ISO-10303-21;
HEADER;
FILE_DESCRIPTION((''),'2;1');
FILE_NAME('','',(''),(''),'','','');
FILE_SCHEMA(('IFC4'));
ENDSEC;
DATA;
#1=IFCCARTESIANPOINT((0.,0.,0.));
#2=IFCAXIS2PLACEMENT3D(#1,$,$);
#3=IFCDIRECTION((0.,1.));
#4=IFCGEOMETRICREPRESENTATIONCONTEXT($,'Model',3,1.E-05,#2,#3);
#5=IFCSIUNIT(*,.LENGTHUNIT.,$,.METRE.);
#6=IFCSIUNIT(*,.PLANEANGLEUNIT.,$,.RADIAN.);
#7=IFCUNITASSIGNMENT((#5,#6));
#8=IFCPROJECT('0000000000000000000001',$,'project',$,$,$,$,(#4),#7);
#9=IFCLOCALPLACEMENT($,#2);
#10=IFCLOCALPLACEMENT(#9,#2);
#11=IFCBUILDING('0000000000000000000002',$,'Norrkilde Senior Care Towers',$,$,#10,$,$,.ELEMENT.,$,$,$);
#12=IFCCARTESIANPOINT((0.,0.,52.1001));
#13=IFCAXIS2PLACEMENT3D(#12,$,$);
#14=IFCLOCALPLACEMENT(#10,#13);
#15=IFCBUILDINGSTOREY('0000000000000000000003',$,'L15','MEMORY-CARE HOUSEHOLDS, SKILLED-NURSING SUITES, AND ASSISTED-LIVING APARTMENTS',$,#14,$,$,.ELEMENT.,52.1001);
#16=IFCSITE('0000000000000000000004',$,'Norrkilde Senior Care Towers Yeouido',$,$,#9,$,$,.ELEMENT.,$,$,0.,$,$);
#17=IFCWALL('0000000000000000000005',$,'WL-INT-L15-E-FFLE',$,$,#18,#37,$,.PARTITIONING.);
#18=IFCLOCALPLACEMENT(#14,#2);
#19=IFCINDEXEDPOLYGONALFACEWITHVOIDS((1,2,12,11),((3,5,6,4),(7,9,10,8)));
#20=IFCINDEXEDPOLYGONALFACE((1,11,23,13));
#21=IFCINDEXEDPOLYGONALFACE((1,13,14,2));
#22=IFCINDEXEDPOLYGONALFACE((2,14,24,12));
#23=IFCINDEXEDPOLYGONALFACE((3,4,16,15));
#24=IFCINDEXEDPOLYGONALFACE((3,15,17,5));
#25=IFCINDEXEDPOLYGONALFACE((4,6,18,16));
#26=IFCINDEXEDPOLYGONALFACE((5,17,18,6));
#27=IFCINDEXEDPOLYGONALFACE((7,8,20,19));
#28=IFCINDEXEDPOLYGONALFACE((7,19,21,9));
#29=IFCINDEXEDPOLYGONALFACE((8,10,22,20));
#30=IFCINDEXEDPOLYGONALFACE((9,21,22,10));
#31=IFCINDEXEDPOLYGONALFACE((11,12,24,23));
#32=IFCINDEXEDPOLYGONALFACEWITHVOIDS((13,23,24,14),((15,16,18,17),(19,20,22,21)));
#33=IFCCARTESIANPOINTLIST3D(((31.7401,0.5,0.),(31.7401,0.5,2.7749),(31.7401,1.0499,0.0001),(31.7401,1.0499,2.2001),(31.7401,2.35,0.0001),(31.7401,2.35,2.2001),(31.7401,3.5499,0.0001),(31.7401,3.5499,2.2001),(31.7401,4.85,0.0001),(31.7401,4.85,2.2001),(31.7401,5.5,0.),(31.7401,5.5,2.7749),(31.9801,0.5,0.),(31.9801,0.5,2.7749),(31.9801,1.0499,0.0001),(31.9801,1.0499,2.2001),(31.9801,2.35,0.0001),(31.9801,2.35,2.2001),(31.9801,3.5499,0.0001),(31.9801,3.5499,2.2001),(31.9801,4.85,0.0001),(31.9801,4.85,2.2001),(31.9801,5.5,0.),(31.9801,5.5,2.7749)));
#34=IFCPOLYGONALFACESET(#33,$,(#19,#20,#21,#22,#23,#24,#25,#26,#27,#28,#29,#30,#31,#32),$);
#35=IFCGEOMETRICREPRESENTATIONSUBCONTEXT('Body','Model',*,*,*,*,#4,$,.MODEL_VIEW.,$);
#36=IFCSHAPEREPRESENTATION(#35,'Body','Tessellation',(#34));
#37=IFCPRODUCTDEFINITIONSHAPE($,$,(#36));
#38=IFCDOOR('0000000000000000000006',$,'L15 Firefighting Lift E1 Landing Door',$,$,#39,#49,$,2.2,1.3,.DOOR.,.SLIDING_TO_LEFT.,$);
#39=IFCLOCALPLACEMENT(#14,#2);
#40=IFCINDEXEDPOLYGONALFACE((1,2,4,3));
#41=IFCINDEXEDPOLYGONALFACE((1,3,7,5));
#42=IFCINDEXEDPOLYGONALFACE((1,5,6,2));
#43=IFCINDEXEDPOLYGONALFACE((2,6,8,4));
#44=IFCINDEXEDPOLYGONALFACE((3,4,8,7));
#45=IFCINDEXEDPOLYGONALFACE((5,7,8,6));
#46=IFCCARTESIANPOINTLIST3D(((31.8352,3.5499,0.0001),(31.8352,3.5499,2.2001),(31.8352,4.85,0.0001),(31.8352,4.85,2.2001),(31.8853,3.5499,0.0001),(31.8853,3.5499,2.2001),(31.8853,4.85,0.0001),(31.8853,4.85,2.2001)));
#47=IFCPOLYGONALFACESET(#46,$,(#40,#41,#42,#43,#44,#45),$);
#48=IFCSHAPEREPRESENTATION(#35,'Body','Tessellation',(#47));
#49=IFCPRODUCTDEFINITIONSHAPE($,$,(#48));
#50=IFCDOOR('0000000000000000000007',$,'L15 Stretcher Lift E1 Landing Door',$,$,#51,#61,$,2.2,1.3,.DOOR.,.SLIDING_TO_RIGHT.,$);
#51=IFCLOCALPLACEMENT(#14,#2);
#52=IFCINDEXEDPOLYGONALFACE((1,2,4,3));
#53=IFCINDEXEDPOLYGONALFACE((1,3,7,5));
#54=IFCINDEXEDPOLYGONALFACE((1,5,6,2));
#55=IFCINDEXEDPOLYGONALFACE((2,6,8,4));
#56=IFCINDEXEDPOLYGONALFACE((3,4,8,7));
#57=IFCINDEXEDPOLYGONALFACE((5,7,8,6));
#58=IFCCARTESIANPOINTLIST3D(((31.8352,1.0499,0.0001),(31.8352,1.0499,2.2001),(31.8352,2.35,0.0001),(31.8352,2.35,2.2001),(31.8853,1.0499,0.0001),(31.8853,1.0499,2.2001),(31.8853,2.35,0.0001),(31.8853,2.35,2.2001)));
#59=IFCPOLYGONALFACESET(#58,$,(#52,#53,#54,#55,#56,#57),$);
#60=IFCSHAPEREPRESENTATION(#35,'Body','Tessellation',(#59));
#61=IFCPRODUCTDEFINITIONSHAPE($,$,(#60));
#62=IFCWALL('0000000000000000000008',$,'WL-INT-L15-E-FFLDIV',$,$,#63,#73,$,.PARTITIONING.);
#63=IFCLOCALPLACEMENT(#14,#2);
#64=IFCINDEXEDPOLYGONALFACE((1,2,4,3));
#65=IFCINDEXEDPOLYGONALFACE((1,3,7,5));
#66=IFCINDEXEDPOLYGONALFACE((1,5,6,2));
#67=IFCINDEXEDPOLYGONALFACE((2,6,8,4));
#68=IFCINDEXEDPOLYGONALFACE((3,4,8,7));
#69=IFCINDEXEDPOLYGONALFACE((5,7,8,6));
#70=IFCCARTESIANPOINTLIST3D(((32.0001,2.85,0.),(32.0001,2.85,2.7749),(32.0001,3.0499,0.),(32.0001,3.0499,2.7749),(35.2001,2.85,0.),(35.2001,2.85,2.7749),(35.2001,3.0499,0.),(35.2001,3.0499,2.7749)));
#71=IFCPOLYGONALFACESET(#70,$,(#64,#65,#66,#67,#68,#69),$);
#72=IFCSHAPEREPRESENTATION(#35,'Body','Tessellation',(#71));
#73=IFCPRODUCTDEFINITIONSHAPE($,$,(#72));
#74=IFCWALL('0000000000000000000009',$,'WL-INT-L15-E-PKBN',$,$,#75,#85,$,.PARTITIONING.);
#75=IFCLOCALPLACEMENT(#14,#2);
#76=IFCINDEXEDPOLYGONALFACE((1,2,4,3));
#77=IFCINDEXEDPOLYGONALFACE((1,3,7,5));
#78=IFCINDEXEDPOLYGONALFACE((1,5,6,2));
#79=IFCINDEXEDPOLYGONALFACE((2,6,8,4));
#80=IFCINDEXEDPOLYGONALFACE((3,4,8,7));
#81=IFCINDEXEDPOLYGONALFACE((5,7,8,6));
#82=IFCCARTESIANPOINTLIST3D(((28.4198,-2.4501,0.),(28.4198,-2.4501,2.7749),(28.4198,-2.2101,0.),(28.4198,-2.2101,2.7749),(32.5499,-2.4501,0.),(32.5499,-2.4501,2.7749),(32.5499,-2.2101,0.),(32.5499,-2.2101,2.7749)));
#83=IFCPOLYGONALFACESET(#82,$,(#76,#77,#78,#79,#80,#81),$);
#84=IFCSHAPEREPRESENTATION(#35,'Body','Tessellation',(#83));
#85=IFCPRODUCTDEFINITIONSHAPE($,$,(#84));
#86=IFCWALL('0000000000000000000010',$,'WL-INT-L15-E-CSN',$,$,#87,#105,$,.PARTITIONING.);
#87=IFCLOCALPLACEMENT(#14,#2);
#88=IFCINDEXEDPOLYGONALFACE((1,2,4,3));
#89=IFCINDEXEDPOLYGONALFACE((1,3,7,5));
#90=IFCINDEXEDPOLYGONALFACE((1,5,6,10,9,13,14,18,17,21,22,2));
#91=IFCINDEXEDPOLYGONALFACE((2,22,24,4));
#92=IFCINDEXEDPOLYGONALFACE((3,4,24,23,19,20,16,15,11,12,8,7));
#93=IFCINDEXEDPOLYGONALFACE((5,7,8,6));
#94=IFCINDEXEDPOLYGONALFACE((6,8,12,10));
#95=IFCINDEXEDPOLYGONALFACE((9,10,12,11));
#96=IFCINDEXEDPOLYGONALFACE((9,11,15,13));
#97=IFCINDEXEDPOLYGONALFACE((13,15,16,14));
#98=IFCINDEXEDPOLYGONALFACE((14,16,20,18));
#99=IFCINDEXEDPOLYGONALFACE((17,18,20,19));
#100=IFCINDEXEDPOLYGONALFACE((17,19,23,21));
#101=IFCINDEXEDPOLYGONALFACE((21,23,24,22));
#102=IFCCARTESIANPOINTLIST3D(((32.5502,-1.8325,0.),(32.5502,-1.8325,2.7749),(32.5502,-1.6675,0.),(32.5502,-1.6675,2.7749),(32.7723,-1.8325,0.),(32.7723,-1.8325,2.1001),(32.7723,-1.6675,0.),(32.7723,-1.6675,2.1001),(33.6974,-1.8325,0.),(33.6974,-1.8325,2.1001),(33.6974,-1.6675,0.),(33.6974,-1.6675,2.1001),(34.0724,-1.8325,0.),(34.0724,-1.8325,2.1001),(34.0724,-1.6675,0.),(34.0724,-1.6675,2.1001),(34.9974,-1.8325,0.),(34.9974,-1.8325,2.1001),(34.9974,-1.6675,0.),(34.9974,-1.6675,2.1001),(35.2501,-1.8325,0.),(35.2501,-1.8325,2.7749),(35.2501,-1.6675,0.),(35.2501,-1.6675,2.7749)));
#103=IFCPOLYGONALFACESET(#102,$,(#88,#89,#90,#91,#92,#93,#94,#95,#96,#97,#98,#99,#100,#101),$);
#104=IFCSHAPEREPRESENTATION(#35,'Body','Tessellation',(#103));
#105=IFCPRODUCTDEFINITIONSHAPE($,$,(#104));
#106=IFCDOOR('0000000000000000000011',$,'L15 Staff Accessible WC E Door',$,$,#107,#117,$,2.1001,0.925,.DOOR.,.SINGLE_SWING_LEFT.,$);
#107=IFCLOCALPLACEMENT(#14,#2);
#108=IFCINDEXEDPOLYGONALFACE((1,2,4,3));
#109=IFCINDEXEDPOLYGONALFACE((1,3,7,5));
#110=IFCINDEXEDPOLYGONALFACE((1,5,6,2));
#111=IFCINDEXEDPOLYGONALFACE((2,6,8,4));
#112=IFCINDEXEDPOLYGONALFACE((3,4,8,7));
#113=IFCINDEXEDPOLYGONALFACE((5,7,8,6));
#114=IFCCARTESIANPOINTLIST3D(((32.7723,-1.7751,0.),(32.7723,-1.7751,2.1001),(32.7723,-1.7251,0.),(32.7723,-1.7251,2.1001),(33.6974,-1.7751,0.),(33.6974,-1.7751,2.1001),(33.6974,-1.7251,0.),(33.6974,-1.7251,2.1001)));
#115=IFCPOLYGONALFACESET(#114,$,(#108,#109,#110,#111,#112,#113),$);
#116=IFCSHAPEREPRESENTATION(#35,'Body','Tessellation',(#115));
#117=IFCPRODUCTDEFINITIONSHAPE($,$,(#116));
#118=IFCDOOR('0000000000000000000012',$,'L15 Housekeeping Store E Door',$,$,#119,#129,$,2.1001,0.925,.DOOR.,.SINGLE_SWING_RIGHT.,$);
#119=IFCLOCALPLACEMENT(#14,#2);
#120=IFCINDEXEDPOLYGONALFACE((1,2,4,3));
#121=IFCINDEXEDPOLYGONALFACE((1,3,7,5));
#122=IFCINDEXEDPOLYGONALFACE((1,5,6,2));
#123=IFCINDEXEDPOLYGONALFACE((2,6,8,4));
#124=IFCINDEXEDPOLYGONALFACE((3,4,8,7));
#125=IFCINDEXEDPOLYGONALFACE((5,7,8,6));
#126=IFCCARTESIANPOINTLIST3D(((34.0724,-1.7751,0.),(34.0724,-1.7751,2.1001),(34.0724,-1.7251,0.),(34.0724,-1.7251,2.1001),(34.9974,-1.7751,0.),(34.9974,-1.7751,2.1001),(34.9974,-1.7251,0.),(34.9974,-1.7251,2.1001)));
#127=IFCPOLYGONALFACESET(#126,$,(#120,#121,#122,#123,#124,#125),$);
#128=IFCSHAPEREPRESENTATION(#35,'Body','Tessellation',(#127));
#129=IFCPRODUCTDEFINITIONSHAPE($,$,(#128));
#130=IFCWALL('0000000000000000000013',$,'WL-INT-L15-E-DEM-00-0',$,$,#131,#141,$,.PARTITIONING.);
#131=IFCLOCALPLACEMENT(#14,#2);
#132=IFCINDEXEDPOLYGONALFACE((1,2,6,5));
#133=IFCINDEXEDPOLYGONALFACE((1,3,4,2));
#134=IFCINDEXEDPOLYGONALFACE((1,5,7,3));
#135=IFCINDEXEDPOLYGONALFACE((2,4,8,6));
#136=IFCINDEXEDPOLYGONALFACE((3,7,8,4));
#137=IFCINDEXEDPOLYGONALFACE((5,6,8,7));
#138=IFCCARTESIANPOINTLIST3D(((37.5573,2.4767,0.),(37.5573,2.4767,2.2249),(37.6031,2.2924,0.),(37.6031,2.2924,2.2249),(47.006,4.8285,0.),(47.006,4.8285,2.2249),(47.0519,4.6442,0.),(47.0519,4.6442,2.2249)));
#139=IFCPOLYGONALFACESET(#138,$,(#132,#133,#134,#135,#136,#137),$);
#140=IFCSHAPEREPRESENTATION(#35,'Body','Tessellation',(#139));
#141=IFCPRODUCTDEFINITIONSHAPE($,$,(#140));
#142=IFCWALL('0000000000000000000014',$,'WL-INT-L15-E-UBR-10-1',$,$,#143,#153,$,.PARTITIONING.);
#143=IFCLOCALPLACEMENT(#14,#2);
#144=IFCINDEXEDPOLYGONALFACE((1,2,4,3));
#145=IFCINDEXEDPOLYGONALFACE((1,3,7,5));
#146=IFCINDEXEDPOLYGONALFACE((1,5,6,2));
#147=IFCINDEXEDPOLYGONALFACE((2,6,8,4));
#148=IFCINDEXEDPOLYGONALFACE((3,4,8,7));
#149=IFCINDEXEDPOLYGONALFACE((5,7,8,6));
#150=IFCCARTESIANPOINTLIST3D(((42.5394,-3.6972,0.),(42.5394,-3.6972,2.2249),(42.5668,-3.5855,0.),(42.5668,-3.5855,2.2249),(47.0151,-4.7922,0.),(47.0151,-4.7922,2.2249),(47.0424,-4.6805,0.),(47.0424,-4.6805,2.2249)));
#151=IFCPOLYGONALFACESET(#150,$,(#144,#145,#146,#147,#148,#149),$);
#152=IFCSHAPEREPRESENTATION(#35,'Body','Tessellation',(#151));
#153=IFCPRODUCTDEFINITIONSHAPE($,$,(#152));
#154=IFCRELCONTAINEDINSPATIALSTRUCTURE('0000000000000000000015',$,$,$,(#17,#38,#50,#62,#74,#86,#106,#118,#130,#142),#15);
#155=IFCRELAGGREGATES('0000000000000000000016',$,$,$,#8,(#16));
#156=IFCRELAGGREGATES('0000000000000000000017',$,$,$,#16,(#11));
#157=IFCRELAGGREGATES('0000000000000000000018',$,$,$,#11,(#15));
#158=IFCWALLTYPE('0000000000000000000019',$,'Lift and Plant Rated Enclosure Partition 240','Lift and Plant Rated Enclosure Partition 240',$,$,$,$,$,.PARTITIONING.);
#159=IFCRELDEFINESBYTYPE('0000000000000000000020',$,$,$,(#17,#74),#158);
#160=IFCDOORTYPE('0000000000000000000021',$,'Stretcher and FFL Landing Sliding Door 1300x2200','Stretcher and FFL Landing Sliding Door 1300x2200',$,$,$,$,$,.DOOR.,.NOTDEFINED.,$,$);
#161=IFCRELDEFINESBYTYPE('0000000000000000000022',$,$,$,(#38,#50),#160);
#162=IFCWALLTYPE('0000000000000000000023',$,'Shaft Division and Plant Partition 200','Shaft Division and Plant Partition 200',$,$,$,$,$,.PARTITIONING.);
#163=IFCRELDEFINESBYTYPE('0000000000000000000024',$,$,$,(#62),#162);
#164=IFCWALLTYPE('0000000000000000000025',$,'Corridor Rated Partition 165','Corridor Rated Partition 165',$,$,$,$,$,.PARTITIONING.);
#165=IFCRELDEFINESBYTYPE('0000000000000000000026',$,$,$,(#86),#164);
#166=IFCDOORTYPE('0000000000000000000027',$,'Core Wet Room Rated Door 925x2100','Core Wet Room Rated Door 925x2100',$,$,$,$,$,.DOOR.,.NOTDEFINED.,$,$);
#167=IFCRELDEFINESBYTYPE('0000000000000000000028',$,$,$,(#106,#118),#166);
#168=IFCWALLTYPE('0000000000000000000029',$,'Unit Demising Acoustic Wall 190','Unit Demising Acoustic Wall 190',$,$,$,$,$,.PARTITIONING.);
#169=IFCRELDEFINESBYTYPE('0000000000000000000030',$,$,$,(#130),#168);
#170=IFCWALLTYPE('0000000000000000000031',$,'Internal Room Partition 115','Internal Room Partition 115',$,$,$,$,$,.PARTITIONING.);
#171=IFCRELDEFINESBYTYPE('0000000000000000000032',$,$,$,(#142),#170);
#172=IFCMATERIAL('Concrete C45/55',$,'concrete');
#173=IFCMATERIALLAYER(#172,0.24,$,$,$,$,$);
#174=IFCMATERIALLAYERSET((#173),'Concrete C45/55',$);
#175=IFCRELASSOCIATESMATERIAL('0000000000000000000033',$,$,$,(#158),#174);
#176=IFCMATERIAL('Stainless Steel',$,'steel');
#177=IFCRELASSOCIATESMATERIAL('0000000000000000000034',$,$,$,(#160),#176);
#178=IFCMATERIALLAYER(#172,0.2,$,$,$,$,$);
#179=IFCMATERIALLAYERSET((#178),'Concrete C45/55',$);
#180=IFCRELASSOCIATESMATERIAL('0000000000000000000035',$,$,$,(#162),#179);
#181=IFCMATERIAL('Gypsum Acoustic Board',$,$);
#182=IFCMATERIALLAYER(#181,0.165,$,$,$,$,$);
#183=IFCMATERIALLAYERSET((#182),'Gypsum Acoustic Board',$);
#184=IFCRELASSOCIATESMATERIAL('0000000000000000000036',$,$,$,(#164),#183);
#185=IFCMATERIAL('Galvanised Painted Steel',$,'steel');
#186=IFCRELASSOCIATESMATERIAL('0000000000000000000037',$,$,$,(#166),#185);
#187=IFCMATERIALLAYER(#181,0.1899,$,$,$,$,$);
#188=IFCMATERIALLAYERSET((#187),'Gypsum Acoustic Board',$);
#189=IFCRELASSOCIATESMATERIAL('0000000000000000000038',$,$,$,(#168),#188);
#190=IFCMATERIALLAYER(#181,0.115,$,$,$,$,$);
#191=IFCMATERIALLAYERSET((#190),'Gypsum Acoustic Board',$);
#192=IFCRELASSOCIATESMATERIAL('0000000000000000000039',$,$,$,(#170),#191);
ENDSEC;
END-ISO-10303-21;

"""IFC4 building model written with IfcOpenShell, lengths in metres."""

from ifc_helpers import new_model, si_unit, direction, frame, frame_2d, origin, place, context, subcontext, project, spatial, rectangle, extrude, source, transform, mapped, material, layer, layer_set, type_object, type_shapes, element, fill, save


model = new_model("IFC4")

# Units and contexts
model_context = context("Model", 3, precision=1e-05, world=origin(), true_north=direction((0.0, 1.0)))
body_context = subcontext(model_context, "Body", "Model", "MODEL_VIEW")
ifc_project = project(units=[si_unit("LENGTHUNIT", "METRE"), si_unit("PLANEANGLEUNIT", "RADIAN")], contexts=[model_context])

# Site, building, storey
site_placement = place(None, origin())
site = spatial("IfcSite", under=ifc_project, at=site_placement, Name="Norrkilde Senior Care Towers Yeouido", CompositionType="ELEMENT", RefElevation=0.0)
building_placement = place(site_placement, origin())
building = spatial("IfcBuilding", under=site, at=building_placement, Name="Norrkilde Senior Care Towers", CompositionType="ELEMENT")
storey_placement = place(building_placement, frame((0.0, 0.0, 52.1001)))
storey = spatial("IfcBuildingStorey", under=building, at=storey_placement, Name="L15", Description="MEMORY-CARE HOUSEHOLDS, SKILLED-NURSING SUITES, AND ASSISTED-LIVING APARTMENTS", CompositionType="ELEMENT", Elevation=52.1001)

# Shared definitions
ifc_material_1 = material(Name="Galvanised Painted Steel", Category="steel")
ifc_material_2 = material(Name="Concrete C45/55", Category="concrete")

# Wall, openings, doors
ifc_layer_1 = layer(ifc_material_2, 0.24)
ifc_layer_set_1 = layer_set([ifc_layer_1], Name="Concrete C45/55")
wall_type_1 = type_object("IfcWallType", Name="Lift and Plant Rated Enclosure Partition 240", Description="Lift and Plant Rated Enclosure Partition 240", PredefinedType="PARTITIONING", material=ifc_layer_set_1)
shared_shape_1 = source(origin(), body_context, "Body", "SweptSolid", [
    extrude(rectangle(XDim=5.0, YDim=0.24, at=frame_2d((2.5, 0.0))), origin(), (0.0, 0.0, 1.0), 2.7749),
])
wall_1_placement = place(storey_placement, frame((31.8601, 0.5, 0.0), z_axis=(0.0, 0.0, 1.0), x_axis=(0.0, 1.0, 0.0)))
wall_1 = element("IfcWall", 1, at=wall_1_placement, inside=storey, type_object=wall_type_1, Name="WL-INT-L15-E-FFLE", PredefinedType="PARTITIONING", context=body_context, shape_type="MappedRepresentation", body=[
    mapped(shared_shape_1, transform((0.0, 0.0, 0.0), x_axis=(1.0, 0.0, 0.0), y_axis=(0.0, 1.0, 0.0), z_axis=(0.0, 0.0, 1.0), scale=1.0)),
])
opening_1_placement = place(wall_1_placement, frame((3.05, 0.0, 0.0)))
opening_1 = element("IfcOpeningElement", 2, at=opening_1_placement, cuts=wall_1, PredefinedType="OPENING", context=body_context, shape_type="SweptSolid", body=[
    extrude(rectangle(XDim=1.3, YDim=2.2, at=frame_2d((0.6499, 1.1001))), frame((0.0, 0.1299, 0.0), z_axis=(0.0, -1.0, 0.0), x_axis=(1.0, 0.0, 0.0)), (0.0, 0.0, 1.0), 0.26),
])
opening_2_placement = place(wall_1_placement, frame((0.55, 0.0, 0.0)))
opening_2 = element("IfcOpeningElement", 3, at=opening_2_placement, cuts=wall_1, PredefinedType="OPENING", context=body_context, shape_type="SweptSolid", body=[
    extrude(rectangle(XDim=1.3, YDim=2.2, at=frame_2d((0.6499, 1.1001))), frame((0.0, 0.1299, 0.0), z_axis=(0.0, -1.0, 0.0), x_axis=(1.0, 0.0, 0.0)), (0.0, 0.0, 1.0), 0.26),
])
ifc_material_3 = material(Name="Stainless Steel", Category="steel")
door_type_1 = type_object("IfcDoorType", Name="Stretcher and FFL Landing Sliding Door 1300x2200", Description="Stretcher and FFL Landing Sliding Door 1300x2200", OperationType="NOTDEFINED", PredefinedType="DOOR", material=ifc_material_3)
shared_shape_2 = source(origin(), body_context, "Body", "SweptSolid", [
    extrude(rectangle(XDim=1.3, YDim=2.2, at=frame_2d((0.6499, 1.1001))), frame((0.0, 0.0249, 0.0), z_axis=(0.0, -1.0, 0.0), x_axis=(1.0, 0.0, 0.0)), (0.0, 0.0, 1.0), 0.05),
])
type_shapes(door_type_1, [shared_shape_2])
door_1_placement = place(opening_1_placement, origin())
door_1 = element("IfcDoor", 4, at=door_1_placement, inside=storey, type_object=door_type_1, Name="L15 Firefighting Lift E1 Landing Door", OperationType="SLIDING_TO_LEFT", OverallHeight=2.2, OverallWidth=1.3, PredefinedType="DOOR", context=body_context, shape_type="MappedRepresentation", body=[
    mapped(shared_shape_2, transform((0.0, 0.0, 0.0), x_axis=(1.0, 0.0, 0.0), y_axis=(0.0, 1.0, 0.0), z_axis=(0.0, 0.0, 1.0), scale=1.0)),
])
fill(opening_1, door_1)
door_2_placement = place(opening_2_placement, origin())
door_2 = element("IfcDoor", 5, at=door_2_placement, inside=storey, type_object=door_type_1, Name="L15 Stretcher Lift E1 Landing Door", OperationType="SLIDING_TO_RIGHT", OverallHeight=2.2, OverallWidth=1.3, PredefinedType="DOOR", context=body_context, shape_type="MappedRepresentation", body=[
    mapped(shared_shape_2, transform((0.0, 0.0, 0.0), x_axis=(1.0, 0.0, 0.0), y_axis=(0.0, 1.0, 0.0), z_axis=(0.0, 0.0, 1.0), scale=1.0)),
])
fill(opening_2, door_2)

# Wall
ifc_layer_2 = layer(ifc_material_2, 0.2)
ifc_layer_set_2 = layer_set([ifc_layer_2], Name="Concrete C45/55")
wall_type_2 = type_object("IfcWallType", Name="Shaft Division and Plant Partition 200", Description="Shaft Division and Plant Partition 200", PredefinedType="PARTITIONING", material=ifc_layer_set_2)
shared_shape_3 = source(origin(), body_context, "Body", "SweptSolid", [
    extrude(rectangle(XDim=3.2, YDim=0.2, at=frame_2d((1.6001, 0.0))), origin(), (0.0, 0.0, 1.0), 2.7749),
])
type_shapes(wall_type_2, [shared_shape_3])
wall_2_placement = place(storey_placement, frame((32.0, 2.95, 0.0), z_axis=(0.0, 0.0, 1.0), x_axis=(1.0, 0.0, 0.0)))
element("IfcWall", 6, at=wall_2_placement, inside=storey, type_object=wall_type_2, Name="WL-INT-L15-E-FFLDIV", PredefinedType="PARTITIONING", context=body_context, shape_type="MappedRepresentation", body=[
    mapped(shared_shape_3, transform((0.0, 0.0, 0.0), x_axis=(1.0, 0.0, 0.0), y_axis=(0.0, 1.0, 0.0), z_axis=(0.0, 0.0, 1.0), scale=1.0)),
])

# Wall
shared_shape_4 = source(origin(), body_context, "Body", "SweptSolid", [
    extrude(rectangle(XDim=4.1301, YDim=0.24, at=frame_2d((2.0649, 0.0))), origin(), (0.0, 0.0, 1.0), 2.7749),
])
type_shapes(wall_type_1, [shared_shape_1, shared_shape_4])
wall_3_placement = place(storey_placement, frame((28.4199, -2.3301, 0.0), z_axis=(0.0, 0.0, 1.0), x_axis=(1.0, 0.0, 0.0)))
element("IfcWall", 7, at=wall_3_placement, inside=storey, type_object=wall_type_1, Name="WL-INT-L15-E-PKBN", PredefinedType="PARTITIONING", context=body_context, shape_type="MappedRepresentation", body=[
    mapped(shared_shape_4, transform((0.0, 0.0, 0.0), x_axis=(1.0, 0.0, 0.0), y_axis=(0.0, 1.0, 0.0), z_axis=(0.0, 0.0, 1.0), scale=1.0)),
])

# Wall, openings, doors
ifc_material_4 = material(Name="Gypsum Acoustic Board")
ifc_layer_3 = layer(ifc_material_4, 0.165)
ifc_layer_set_3 = layer_set([ifc_layer_3], Name="Gypsum Acoustic Board")
wall_type_3 = type_object("IfcWallType", Name="Corridor Rated Partition 165", Description="Corridor Rated Partition 165", PredefinedType="PARTITIONING", material=ifc_layer_set_3)
shared_shape_5 = source(origin(), body_context, "Body", "SweptSolid", [
    extrude(rectangle(XDim=2.7, YDim=0.165, at=frame_2d((1.3501, 0.0))), origin(), (0.0, 0.0, 1.0), 2.7749),
])
type_shapes(wall_type_3, [shared_shape_5])
wall_4_placement = place(storey_placement, frame((32.55, -1.75, 0.0), z_axis=(0.0, 0.0, 1.0), x_axis=(1.0, 0.0, 0.0)))
wall_4 = element("IfcWall", 8, at=wall_4_placement, inside=storey, type_object=wall_type_3, Name="WL-INT-L15-E-CSN", PredefinedType="PARTITIONING", context=body_context, shape_type="MappedRepresentation", body=[
    mapped(shared_shape_5, transform((0.0, 0.0, 0.0), x_axis=(1.0, 0.0, 0.0), y_axis=(0.0, 1.0, 0.0), z_axis=(0.0, 0.0, 1.0), scale=1.0)),
])
opening_3_placement = place(wall_4_placement, frame((0.2224, 0.0, 0.0)))
opening_3 = element("IfcOpeningElement", 9, at=opening_3_placement, cuts=wall_4, PredefinedType="OPENING", context=body_context, shape_type="SweptSolid", body=[
    extrude(rectangle(XDim=0.925, YDim=2.1001, at=frame_2d((0.4624, 1.05))), frame((0.0, 0.0925, 0.0), z_axis=(0.0, -1.0, 0.0), x_axis=(1.0, 0.0, 0.0)), (0.0, 0.0, 1.0), 0.1851),
])
opening_4_placement = place(wall_4_placement, frame((1.5225, 0.0, 0.0)))
opening_4 = element("IfcOpeningElement", 10, at=opening_4_placement, cuts=wall_4, PredefinedType="OPENING", context=body_context, shape_type="SweptSolid", body=[
    extrude(rectangle(XDim=0.925, YDim=2.1001, at=frame_2d((0.4624, 1.05))), frame((0.0, 0.0925, 0.0), z_axis=(0.0, -1.0, 0.0), x_axis=(1.0, 0.0, 0.0)), (0.0, 0.0, 1.0), 0.1851),
])
door_type_2 = type_object("IfcDoorType", Name="Core Wet Room Rated Door 925x2100", Description="Core Wet Room Rated Door 925x2100", OperationType="NOTDEFINED", PredefinedType="DOOR", material=ifc_material_1)
shared_shape_6 = source(origin(), body_context, "Body", "SweptSolid", [
    extrude(rectangle(XDim=0.925, YDim=2.1001, at=frame_2d((0.4624, 1.05))), frame((0.0, 0.0249, 0.0), z_axis=(0.0, -1.0, 0.0), x_axis=(1.0, 0.0, 0.0)), (0.0, 0.0, 1.0), 0.05),
])
type_shapes(door_type_2, [shared_shape_6])
door_3_placement = place(opening_3_placement, origin())
door_3 = element("IfcDoor", 11, at=door_3_placement, inside=storey, type_object=door_type_2, Name="L15 Staff Accessible WC E Door", OperationType="SINGLE_SWING_LEFT", OverallHeight=2.1001, OverallWidth=0.925, PredefinedType="DOOR", context=body_context, shape_type="MappedRepresentation", body=[
    mapped(shared_shape_6, transform((0.0, 0.0, 0.0), x_axis=(1.0, 0.0, 0.0), y_axis=(0.0, 1.0, 0.0), z_axis=(0.0, 0.0, 1.0), scale=1.0)),
])
fill(opening_3, door_3)
door_4_placement = place(opening_4_placement, origin())
door_4 = element("IfcDoor", 12, at=door_4_placement, inside=storey, type_object=door_type_2, Name="L15 Housekeeping Store E Door", OperationType="SINGLE_SWING_RIGHT", OverallHeight=2.1001, OverallWidth=0.925, PredefinedType="DOOR", context=body_context, shape_type="MappedRepresentation", body=[
    mapped(shared_shape_6, transform((0.0, 0.0, 0.0), x_axis=(1.0, 0.0, 0.0), y_axis=(0.0, 1.0, 0.0), z_axis=(0.0, 0.0, 1.0), scale=1.0)),
])
fill(opening_4, door_4)

# Walls
ifc_layer_4 = layer(ifc_material_4, 0.1899)
ifc_layer_set_4 = layer_set([ifc_layer_4], Name="Gypsum Acoustic Board")
wall_type_4 = type_object("IfcWallType", Name="Unit Demising Acoustic Wall 190", Description="Unit Demising Acoustic Wall 190", PredefinedType="PARTITIONING", material=ifc_layer_set_4)
shared_shape_7 = source(origin(), body_context, "Body", "SweptSolid", [
    extrude(rectangle(XDim=9.7371, YDim=0.1899, at=frame_2d((4.8687, 0.0))), origin(), (0.0, 0.0, 1.0), 2.2249),
])
type_shapes(wall_type_4, [shared_shape_7])
wall_5_placement = place(storey_placement, frame((37.5801, 2.3845, 0.0), z_axis=(0.0, 0.0, 1.0), x_axis=(0.970393, 0.241533, 0.0)))
element("IfcWall", 13, at=wall_5_placement, inside=storey, type_object=wall_type_4, Name="WL-INT-L15-E-DEM-00-0", PredefinedType="PARTITIONING", context=body_context, shape_type="MappedRepresentation", body=[
    mapped(shared_shape_7, transform((0.0, 0.0, 0.0), x_axis=(1.0, 0.0, 0.0), y_axis=(0.0, 1.0, 0.0), z_axis=(0.0, 0.0, 1.0), scale=1.0)),
])
ifc_layer_5 = layer(ifc_material_4, 0.115)
ifc_layer_set_5 = layer_set([ifc_layer_5], Name="Gypsum Acoustic Board")
wall_type_5 = type_object("IfcWallType", Name="Internal Room Partition 115", Description="Internal Room Partition 115", PredefinedType="PARTITIONING", material=ifc_layer_set_5)
shared_shape_8 = source(origin(), body_context, "Body", "SweptSolid", [
    extrude(rectangle(XDim=4.6077, YDim=0.115, at=frame_2d((2.3037, 0.0))), origin(), (0.0, 0.0, 1.0), 2.2249),
])
type_shapes(wall_type_5, [shared_shape_8])
wall_6_placement = place(storey_placement, frame((42.5532, -3.6414, 0.0), z_axis=(0.0, 0.0, 1.0), x_axis=(0.971352, -0.237645, 0.0)))
element("IfcWall", 14, at=wall_6_placement, inside=storey, type_object=wall_type_5, Name="WL-INT-L15-E-UBR-10-1", PredefinedType="PARTITIONING", context=body_context, shape_type="MappedRepresentation", body=[
    mapped(shared_shape_8, transform((0.0, 0.0, 0.0), x_axis=(1.0, 0.0, 0.0), y_axis=(0.0, 1.0, 0.0), z_axis=(0.0, 0.0, 1.0), scale=1.0)),
])

save(model, "model.ifc")
